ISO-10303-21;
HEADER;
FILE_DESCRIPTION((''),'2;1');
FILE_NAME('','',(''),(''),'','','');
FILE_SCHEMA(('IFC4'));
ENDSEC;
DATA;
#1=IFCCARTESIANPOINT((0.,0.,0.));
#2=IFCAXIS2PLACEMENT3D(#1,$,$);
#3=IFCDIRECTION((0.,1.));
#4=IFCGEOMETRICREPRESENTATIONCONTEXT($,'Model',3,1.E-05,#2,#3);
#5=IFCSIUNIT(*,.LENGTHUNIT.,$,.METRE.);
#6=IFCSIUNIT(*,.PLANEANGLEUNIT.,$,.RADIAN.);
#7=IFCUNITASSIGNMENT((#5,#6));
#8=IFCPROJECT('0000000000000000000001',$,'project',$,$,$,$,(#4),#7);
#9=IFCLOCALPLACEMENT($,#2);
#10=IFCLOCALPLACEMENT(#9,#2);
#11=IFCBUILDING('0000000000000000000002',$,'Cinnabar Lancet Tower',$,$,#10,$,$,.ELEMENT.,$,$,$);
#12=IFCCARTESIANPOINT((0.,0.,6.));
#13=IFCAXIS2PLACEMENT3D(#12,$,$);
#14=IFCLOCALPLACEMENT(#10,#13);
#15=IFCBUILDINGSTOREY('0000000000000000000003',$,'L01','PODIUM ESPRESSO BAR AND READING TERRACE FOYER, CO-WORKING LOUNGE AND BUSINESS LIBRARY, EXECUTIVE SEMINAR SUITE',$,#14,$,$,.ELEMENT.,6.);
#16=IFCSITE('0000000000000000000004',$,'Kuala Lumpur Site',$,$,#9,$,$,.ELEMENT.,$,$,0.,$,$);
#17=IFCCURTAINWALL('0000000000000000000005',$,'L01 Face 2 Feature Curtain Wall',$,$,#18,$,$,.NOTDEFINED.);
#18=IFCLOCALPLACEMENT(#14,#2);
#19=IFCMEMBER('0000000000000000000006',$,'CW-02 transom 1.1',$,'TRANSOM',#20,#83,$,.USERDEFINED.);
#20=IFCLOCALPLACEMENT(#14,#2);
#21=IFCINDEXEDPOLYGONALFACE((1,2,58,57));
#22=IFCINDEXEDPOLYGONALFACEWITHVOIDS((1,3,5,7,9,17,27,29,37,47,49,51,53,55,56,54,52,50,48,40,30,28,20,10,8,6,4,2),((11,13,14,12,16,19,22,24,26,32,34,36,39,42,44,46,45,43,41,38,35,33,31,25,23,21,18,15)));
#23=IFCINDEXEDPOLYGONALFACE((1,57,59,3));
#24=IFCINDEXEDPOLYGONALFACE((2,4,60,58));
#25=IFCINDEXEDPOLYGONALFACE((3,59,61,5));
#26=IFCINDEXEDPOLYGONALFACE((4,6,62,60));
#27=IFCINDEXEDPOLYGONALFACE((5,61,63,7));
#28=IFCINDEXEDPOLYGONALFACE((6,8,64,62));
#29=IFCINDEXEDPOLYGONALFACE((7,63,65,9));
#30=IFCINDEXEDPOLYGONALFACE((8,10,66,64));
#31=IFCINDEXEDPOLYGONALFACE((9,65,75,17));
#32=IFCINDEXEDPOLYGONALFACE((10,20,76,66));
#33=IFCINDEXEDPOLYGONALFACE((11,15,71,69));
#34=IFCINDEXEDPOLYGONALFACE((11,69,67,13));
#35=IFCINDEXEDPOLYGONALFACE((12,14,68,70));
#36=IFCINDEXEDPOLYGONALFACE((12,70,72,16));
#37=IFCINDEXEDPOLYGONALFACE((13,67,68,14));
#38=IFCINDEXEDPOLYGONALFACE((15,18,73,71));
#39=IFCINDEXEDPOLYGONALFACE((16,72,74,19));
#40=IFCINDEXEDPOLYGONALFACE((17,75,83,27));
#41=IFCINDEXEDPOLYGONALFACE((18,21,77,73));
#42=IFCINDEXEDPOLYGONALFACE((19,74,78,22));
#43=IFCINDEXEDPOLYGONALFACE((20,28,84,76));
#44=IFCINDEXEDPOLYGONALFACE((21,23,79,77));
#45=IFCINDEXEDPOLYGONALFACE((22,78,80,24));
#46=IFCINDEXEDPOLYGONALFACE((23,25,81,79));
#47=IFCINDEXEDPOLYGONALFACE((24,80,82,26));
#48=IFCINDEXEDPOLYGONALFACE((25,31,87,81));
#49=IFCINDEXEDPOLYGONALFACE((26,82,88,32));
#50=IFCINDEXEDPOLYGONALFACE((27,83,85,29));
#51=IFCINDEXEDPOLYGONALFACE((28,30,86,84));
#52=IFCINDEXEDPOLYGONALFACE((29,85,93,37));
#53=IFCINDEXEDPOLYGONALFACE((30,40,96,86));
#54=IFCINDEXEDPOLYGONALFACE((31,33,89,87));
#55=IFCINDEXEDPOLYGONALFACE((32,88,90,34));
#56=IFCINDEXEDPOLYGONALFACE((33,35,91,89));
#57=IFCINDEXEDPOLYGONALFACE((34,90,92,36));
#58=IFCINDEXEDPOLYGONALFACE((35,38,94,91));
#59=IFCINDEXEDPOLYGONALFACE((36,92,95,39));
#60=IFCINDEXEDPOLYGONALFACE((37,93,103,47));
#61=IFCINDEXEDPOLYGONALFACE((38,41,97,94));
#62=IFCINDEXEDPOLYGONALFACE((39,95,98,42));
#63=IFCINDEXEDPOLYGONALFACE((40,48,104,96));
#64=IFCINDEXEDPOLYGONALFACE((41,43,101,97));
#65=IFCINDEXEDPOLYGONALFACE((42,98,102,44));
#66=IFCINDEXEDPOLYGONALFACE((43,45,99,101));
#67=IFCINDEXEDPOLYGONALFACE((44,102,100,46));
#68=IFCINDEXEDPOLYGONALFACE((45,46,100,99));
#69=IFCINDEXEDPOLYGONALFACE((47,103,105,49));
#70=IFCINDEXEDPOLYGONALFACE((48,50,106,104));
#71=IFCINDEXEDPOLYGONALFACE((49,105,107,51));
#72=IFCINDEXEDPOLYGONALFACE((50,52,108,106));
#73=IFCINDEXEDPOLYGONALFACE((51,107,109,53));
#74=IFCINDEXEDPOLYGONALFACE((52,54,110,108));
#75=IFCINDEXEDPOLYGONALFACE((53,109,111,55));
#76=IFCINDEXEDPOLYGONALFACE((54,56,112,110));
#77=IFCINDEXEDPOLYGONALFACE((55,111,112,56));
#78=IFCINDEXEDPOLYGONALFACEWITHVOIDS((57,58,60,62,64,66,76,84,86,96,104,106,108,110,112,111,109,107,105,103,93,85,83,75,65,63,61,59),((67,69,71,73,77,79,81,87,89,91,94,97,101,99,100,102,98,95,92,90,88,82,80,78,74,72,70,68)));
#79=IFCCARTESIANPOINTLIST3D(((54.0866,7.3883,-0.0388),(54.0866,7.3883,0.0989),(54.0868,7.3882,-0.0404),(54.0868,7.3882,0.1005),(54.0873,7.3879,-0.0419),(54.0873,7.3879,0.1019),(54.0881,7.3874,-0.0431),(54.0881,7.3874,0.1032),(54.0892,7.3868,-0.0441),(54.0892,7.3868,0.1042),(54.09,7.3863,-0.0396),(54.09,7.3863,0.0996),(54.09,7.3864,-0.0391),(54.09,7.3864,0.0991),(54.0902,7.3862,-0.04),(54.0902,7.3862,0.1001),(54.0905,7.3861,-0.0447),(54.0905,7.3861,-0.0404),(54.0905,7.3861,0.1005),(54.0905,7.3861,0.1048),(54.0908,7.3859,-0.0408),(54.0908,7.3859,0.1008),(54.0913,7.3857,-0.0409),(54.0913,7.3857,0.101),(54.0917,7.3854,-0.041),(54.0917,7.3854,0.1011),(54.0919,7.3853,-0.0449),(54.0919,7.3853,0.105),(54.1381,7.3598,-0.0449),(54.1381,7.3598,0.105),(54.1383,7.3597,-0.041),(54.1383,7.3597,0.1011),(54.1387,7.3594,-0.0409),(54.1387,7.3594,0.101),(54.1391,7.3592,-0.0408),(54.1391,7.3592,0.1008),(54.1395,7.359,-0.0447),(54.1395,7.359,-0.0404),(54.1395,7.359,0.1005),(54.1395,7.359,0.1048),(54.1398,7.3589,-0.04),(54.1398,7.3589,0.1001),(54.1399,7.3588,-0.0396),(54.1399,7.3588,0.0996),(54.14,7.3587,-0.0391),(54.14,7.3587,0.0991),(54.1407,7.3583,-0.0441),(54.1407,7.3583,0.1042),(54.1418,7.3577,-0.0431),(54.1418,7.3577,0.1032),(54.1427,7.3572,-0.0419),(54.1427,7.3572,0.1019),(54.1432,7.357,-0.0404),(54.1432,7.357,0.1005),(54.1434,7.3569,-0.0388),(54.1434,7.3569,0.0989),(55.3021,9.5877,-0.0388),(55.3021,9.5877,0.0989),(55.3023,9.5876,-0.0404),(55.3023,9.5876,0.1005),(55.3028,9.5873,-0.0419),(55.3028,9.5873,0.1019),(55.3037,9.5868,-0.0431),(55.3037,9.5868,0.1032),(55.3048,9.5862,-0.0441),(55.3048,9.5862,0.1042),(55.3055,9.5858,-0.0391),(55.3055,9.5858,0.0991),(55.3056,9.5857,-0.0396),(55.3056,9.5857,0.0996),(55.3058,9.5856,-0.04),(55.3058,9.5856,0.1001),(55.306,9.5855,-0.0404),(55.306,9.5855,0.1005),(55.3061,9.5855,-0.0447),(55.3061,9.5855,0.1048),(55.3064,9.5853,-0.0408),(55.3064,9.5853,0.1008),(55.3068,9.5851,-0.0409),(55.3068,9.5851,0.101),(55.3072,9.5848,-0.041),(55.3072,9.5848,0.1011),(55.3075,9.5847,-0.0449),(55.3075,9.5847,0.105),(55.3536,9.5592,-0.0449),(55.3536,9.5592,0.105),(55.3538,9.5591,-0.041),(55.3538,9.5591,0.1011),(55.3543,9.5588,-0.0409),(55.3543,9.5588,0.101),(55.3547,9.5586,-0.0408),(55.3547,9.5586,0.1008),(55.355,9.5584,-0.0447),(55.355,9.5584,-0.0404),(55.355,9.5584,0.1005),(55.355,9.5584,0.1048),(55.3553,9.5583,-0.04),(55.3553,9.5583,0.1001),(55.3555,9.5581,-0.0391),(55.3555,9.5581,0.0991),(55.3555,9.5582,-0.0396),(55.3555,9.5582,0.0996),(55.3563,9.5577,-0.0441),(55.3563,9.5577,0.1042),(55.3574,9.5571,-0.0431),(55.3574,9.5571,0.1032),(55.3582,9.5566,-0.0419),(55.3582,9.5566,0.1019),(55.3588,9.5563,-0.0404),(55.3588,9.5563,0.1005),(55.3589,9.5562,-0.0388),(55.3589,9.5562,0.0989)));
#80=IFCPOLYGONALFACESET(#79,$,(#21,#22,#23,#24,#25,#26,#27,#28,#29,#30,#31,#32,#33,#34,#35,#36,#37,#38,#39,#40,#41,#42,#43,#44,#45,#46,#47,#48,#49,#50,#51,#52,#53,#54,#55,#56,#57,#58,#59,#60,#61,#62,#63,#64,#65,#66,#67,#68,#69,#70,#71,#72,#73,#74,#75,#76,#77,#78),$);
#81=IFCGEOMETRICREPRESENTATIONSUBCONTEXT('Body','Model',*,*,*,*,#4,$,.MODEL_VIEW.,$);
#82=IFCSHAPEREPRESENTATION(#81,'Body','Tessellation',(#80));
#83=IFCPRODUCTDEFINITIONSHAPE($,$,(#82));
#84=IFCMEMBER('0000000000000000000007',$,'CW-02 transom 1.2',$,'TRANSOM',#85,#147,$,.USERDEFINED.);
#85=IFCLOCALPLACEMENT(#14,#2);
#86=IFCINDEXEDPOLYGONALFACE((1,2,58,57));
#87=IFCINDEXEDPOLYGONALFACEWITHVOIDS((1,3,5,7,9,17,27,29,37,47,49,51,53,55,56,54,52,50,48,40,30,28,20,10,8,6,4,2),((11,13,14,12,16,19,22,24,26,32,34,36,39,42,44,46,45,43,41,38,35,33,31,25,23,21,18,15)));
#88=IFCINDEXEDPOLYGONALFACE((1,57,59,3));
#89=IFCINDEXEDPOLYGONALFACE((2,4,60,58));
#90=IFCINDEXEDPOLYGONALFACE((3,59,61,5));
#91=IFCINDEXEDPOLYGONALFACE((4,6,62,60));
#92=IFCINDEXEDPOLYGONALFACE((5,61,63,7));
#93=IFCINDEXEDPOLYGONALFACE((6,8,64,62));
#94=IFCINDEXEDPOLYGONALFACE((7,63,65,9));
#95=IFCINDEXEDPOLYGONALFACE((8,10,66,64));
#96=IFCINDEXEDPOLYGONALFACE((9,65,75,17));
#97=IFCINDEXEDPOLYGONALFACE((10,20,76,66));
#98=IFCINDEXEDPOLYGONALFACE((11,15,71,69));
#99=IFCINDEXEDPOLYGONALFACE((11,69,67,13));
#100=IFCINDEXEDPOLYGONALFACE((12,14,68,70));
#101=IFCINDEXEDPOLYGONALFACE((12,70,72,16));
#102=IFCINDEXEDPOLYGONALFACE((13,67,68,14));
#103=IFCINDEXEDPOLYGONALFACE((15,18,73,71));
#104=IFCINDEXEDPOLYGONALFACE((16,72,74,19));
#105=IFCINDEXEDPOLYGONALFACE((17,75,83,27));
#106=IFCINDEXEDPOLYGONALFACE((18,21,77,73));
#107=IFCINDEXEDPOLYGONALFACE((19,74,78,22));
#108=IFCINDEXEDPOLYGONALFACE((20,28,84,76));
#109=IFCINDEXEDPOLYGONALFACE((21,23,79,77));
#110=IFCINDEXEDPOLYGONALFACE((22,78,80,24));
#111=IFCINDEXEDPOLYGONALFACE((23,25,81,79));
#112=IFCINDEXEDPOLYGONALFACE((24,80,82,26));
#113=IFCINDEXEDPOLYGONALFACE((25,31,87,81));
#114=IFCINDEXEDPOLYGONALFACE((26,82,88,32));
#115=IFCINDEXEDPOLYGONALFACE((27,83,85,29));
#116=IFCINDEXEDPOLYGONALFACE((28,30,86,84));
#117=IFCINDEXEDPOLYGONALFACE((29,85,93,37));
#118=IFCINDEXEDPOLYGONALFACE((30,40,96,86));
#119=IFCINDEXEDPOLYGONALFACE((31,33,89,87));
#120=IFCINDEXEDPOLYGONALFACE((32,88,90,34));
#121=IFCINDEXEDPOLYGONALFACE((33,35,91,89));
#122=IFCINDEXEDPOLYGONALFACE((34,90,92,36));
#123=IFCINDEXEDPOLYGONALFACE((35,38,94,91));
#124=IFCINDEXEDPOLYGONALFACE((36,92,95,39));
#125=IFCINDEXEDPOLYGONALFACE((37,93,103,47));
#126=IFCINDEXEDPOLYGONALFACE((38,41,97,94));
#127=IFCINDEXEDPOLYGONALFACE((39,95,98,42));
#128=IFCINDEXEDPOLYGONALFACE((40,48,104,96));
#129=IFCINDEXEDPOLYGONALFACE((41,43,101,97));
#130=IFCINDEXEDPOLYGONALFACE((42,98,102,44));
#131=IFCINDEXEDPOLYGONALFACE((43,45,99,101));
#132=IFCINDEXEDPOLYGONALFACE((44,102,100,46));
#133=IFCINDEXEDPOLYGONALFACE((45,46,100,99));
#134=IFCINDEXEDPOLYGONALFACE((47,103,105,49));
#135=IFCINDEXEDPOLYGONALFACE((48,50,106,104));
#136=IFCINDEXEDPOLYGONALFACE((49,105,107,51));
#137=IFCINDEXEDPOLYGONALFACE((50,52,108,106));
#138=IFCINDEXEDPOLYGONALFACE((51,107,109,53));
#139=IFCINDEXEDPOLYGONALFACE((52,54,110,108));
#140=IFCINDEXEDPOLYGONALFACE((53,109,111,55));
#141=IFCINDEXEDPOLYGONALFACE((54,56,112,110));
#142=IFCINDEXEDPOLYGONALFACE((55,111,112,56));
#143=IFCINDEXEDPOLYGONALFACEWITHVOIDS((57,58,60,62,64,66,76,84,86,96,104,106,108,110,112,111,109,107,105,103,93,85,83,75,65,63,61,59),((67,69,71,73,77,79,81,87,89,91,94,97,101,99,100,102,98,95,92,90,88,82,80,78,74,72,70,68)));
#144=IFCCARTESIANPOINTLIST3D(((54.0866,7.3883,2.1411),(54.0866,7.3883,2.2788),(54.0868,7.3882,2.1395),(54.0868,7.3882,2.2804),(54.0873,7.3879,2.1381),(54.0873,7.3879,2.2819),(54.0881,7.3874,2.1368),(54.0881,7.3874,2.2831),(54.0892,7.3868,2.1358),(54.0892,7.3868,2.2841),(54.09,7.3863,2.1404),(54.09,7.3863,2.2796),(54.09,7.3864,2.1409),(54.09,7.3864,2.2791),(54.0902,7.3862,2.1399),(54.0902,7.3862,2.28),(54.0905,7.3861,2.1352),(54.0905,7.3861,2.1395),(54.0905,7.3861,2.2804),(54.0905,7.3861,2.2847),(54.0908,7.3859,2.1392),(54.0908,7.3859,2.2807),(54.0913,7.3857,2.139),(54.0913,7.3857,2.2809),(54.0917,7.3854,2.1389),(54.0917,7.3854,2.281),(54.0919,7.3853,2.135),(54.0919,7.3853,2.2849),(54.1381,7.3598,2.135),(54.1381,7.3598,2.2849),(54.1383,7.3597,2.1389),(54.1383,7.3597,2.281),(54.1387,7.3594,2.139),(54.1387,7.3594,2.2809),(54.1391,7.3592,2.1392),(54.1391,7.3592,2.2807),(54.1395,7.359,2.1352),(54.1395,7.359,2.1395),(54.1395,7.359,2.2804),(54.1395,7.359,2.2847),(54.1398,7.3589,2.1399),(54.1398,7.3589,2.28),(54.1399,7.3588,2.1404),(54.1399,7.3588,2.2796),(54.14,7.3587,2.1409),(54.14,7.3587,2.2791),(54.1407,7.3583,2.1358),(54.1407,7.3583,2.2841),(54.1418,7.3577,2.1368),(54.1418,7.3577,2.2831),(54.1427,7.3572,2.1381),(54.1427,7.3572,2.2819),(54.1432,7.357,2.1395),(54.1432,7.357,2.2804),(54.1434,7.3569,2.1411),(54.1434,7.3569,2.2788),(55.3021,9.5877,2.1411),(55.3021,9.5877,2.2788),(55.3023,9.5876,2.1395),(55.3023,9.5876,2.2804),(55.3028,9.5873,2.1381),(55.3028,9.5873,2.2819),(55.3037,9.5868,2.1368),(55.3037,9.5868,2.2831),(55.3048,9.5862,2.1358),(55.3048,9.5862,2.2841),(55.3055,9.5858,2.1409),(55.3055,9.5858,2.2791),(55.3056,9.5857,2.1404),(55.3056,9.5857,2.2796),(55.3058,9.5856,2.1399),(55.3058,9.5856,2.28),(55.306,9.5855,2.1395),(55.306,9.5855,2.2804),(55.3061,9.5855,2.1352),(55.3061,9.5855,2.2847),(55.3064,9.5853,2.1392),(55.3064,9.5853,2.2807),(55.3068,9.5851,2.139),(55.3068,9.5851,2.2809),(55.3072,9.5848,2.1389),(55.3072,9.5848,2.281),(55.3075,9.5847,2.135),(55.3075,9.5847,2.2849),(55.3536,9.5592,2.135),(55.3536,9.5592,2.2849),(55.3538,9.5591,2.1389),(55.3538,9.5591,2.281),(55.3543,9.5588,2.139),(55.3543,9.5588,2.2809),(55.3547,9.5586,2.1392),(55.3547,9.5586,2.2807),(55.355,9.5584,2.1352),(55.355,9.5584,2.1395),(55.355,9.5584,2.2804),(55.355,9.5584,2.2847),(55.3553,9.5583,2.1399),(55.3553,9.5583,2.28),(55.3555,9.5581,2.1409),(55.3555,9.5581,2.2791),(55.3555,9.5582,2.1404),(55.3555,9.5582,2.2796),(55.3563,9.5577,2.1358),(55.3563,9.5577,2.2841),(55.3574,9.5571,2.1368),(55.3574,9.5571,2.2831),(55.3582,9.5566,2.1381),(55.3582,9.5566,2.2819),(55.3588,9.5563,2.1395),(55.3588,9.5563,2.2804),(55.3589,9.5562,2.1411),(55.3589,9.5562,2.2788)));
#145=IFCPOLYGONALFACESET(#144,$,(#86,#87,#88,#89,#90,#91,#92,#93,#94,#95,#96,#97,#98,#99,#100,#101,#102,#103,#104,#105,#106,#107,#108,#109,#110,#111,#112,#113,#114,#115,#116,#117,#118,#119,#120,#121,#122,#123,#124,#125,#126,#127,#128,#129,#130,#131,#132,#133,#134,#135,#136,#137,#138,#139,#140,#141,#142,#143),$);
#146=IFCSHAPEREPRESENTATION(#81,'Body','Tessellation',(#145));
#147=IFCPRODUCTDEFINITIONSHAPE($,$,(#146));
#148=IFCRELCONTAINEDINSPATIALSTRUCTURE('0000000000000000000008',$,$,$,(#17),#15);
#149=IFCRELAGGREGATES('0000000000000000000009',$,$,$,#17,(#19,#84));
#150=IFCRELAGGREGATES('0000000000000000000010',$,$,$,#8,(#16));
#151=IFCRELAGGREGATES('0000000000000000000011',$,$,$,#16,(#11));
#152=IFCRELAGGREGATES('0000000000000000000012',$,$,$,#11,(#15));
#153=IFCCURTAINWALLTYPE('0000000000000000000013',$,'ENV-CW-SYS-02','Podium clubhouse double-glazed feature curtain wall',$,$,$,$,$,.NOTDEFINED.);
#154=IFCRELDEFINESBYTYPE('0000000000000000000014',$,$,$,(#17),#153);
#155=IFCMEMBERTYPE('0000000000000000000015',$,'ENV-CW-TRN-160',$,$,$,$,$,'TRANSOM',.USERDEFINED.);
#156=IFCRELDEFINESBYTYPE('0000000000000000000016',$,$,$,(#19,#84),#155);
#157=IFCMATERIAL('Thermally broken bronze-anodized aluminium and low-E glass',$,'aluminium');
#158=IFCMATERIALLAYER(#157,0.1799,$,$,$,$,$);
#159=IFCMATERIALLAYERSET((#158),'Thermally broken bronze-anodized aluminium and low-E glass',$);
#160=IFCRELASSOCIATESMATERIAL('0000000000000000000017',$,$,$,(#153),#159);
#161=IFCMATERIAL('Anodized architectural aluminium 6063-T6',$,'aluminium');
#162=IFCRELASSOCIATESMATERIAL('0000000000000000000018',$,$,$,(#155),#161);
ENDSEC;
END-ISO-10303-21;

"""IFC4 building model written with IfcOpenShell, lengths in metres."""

from ifc_helpers import new_model, si_unit, direction, frame, origin, origin_2d, place, context, subcontext, project, spatial, hollow_rectangle, extrude, material, layer, layer_set, material_profile, profile_set, type_object, element, aggregate, save


model = new_model("IFC4")

# Units and contexts
model_context = context("Model", 3, precision=1e-05, world=origin(), true_north=direction((0.0, 1.0)))
body_context = subcontext(model_context, "Body", "Model", "MODEL_VIEW")
ifc_project = project(units=[si_unit("LENGTHUNIT", "METRE"), si_unit("PLANEANGLEUNIT", "RADIAN")], contexts=[model_context])

# Site, building, storey
site_placement = place(None, origin())
site = spatial("IfcSite", under=ifc_project, at=site_placement, Name="Kuala Lumpur Site", CompositionType="ELEMENT", RefElevation=0.0)
building_placement = place(site_placement, origin())
building = spatial("IfcBuilding", under=site, at=building_placement, Name="Cinnabar Lancet Tower", CompositionType="ELEMENT")
storey_placement = place(building_placement, frame((0.0, 0.0, 6.0)))
storey = spatial("IfcBuildingStorey", under=building, at=storey_placement, Name="L01", Description="PODIUM ESPRESSO BAR AND READING TERRACE FOYER, CO-WORKING LOUNGE AND BUSINESS LIBRARY, EXECUTIVE SEMINAR SUITE", CompositionType="ELEMENT", Elevation=6.0)

# Curtain wall, members
ifc_material_1 = material(Name="Thermally broken bronze-anodized aluminium and low-E glass", Category="aluminium")
ifc_layer_1 = layer(ifc_material_1, 0.1799)
ifc_layer_set_1 = layer_set([ifc_layer_1], Name="Thermally broken bronze-anodized aluminium and low-E glass")
curtain_wall_type = type_object("IfcCurtainWallType", Name="ENV-CW-SYS-02", Description="Podium clubhouse double-glazed feature curtain wall", PredefinedType="NOTDEFINED", material=ifc_layer_set_1)
curtain_wall_placement = place(storey_placement, origin())
curtain_wall = element("IfcCurtainWall", 1, at=curtain_wall_placement, inside=storey, type_object=curtain_wall_type, Name="L01 Face 2 Feature Curtain Wall", PredefinedType="NOTDEFINED")
ifc_material_2 = material(Name="Anodized architectural aluminium 6063-T6", Category="aluminium")
ifc_material_profile_1 = material_profile(ifc_material_2, hollow_rectangle(XDim=0.0649, YDim=0.1499, WallThickness=0.0039, InnerFilletRadius=0.002, OuterFilletRadius=0.0061, at=origin_2d()), Name="CW-TRN 150x65x4")
ifc_profile_set_1 = profile_set([ifc_material_profile_1], Name="Anodized architectural aluminium 6063-T6")
member_type_1 = type_object("IfcMemberType", Name="ENV-CW-TRN-160", ElementType="TRANSOM", PredefinedType="USERDEFINED", material=ifc_profile_set_1)
member_1_placement = place(storey_placement, frame((54.115, 7.3726, 0.03), z_axis=(0.483712, 0.875227, 0.0), x_axis=(-0.875227, 0.483712, 0.0)))
member_1 = element("IfcMember", 2, at=member_1_placement, type_object=member_type_1, Name="CW-02 transom 1.1", ObjectType="TRANSOM", PredefinedType="USERDEFINED", context=body_context, shape_type="SweptSolid", body=[
    extrude(hollow_rectangle(XDim=0.0649, YDim=0.1499, WallThickness=0.0039, InnerFilletRadius=0.002, OuterFilletRadius=0.0061, at=origin_2d()), origin(), (0.0, 0.0, 1.0), 2.5129),
])
member_2_placement = place(storey_placement, frame((54.115, 7.3726, 2.21), z_axis=(0.483712, 0.875227, 0.0), x_axis=(-0.875227, 0.483712, 0.0)))
member_2 = element("IfcMember", 3, at=member_2_placement, type_object=member_type_1, Name="CW-02 transom 1.2", ObjectType="TRANSOM", PredefinedType="USERDEFINED", context=body_context, shape_type="SweptSolid", body=[
    extrude(hollow_rectangle(XDim=0.0649, YDim=0.1499, WallThickness=0.0039, InnerFilletRadius=0.002, OuterFilletRadius=0.0061, at=origin_2d()), origin(), (0.0, 0.0, 1.0), 2.5129),
])
aggregate(curtain_wall, [member_1, member_2])

save(model, "model.ifc")
